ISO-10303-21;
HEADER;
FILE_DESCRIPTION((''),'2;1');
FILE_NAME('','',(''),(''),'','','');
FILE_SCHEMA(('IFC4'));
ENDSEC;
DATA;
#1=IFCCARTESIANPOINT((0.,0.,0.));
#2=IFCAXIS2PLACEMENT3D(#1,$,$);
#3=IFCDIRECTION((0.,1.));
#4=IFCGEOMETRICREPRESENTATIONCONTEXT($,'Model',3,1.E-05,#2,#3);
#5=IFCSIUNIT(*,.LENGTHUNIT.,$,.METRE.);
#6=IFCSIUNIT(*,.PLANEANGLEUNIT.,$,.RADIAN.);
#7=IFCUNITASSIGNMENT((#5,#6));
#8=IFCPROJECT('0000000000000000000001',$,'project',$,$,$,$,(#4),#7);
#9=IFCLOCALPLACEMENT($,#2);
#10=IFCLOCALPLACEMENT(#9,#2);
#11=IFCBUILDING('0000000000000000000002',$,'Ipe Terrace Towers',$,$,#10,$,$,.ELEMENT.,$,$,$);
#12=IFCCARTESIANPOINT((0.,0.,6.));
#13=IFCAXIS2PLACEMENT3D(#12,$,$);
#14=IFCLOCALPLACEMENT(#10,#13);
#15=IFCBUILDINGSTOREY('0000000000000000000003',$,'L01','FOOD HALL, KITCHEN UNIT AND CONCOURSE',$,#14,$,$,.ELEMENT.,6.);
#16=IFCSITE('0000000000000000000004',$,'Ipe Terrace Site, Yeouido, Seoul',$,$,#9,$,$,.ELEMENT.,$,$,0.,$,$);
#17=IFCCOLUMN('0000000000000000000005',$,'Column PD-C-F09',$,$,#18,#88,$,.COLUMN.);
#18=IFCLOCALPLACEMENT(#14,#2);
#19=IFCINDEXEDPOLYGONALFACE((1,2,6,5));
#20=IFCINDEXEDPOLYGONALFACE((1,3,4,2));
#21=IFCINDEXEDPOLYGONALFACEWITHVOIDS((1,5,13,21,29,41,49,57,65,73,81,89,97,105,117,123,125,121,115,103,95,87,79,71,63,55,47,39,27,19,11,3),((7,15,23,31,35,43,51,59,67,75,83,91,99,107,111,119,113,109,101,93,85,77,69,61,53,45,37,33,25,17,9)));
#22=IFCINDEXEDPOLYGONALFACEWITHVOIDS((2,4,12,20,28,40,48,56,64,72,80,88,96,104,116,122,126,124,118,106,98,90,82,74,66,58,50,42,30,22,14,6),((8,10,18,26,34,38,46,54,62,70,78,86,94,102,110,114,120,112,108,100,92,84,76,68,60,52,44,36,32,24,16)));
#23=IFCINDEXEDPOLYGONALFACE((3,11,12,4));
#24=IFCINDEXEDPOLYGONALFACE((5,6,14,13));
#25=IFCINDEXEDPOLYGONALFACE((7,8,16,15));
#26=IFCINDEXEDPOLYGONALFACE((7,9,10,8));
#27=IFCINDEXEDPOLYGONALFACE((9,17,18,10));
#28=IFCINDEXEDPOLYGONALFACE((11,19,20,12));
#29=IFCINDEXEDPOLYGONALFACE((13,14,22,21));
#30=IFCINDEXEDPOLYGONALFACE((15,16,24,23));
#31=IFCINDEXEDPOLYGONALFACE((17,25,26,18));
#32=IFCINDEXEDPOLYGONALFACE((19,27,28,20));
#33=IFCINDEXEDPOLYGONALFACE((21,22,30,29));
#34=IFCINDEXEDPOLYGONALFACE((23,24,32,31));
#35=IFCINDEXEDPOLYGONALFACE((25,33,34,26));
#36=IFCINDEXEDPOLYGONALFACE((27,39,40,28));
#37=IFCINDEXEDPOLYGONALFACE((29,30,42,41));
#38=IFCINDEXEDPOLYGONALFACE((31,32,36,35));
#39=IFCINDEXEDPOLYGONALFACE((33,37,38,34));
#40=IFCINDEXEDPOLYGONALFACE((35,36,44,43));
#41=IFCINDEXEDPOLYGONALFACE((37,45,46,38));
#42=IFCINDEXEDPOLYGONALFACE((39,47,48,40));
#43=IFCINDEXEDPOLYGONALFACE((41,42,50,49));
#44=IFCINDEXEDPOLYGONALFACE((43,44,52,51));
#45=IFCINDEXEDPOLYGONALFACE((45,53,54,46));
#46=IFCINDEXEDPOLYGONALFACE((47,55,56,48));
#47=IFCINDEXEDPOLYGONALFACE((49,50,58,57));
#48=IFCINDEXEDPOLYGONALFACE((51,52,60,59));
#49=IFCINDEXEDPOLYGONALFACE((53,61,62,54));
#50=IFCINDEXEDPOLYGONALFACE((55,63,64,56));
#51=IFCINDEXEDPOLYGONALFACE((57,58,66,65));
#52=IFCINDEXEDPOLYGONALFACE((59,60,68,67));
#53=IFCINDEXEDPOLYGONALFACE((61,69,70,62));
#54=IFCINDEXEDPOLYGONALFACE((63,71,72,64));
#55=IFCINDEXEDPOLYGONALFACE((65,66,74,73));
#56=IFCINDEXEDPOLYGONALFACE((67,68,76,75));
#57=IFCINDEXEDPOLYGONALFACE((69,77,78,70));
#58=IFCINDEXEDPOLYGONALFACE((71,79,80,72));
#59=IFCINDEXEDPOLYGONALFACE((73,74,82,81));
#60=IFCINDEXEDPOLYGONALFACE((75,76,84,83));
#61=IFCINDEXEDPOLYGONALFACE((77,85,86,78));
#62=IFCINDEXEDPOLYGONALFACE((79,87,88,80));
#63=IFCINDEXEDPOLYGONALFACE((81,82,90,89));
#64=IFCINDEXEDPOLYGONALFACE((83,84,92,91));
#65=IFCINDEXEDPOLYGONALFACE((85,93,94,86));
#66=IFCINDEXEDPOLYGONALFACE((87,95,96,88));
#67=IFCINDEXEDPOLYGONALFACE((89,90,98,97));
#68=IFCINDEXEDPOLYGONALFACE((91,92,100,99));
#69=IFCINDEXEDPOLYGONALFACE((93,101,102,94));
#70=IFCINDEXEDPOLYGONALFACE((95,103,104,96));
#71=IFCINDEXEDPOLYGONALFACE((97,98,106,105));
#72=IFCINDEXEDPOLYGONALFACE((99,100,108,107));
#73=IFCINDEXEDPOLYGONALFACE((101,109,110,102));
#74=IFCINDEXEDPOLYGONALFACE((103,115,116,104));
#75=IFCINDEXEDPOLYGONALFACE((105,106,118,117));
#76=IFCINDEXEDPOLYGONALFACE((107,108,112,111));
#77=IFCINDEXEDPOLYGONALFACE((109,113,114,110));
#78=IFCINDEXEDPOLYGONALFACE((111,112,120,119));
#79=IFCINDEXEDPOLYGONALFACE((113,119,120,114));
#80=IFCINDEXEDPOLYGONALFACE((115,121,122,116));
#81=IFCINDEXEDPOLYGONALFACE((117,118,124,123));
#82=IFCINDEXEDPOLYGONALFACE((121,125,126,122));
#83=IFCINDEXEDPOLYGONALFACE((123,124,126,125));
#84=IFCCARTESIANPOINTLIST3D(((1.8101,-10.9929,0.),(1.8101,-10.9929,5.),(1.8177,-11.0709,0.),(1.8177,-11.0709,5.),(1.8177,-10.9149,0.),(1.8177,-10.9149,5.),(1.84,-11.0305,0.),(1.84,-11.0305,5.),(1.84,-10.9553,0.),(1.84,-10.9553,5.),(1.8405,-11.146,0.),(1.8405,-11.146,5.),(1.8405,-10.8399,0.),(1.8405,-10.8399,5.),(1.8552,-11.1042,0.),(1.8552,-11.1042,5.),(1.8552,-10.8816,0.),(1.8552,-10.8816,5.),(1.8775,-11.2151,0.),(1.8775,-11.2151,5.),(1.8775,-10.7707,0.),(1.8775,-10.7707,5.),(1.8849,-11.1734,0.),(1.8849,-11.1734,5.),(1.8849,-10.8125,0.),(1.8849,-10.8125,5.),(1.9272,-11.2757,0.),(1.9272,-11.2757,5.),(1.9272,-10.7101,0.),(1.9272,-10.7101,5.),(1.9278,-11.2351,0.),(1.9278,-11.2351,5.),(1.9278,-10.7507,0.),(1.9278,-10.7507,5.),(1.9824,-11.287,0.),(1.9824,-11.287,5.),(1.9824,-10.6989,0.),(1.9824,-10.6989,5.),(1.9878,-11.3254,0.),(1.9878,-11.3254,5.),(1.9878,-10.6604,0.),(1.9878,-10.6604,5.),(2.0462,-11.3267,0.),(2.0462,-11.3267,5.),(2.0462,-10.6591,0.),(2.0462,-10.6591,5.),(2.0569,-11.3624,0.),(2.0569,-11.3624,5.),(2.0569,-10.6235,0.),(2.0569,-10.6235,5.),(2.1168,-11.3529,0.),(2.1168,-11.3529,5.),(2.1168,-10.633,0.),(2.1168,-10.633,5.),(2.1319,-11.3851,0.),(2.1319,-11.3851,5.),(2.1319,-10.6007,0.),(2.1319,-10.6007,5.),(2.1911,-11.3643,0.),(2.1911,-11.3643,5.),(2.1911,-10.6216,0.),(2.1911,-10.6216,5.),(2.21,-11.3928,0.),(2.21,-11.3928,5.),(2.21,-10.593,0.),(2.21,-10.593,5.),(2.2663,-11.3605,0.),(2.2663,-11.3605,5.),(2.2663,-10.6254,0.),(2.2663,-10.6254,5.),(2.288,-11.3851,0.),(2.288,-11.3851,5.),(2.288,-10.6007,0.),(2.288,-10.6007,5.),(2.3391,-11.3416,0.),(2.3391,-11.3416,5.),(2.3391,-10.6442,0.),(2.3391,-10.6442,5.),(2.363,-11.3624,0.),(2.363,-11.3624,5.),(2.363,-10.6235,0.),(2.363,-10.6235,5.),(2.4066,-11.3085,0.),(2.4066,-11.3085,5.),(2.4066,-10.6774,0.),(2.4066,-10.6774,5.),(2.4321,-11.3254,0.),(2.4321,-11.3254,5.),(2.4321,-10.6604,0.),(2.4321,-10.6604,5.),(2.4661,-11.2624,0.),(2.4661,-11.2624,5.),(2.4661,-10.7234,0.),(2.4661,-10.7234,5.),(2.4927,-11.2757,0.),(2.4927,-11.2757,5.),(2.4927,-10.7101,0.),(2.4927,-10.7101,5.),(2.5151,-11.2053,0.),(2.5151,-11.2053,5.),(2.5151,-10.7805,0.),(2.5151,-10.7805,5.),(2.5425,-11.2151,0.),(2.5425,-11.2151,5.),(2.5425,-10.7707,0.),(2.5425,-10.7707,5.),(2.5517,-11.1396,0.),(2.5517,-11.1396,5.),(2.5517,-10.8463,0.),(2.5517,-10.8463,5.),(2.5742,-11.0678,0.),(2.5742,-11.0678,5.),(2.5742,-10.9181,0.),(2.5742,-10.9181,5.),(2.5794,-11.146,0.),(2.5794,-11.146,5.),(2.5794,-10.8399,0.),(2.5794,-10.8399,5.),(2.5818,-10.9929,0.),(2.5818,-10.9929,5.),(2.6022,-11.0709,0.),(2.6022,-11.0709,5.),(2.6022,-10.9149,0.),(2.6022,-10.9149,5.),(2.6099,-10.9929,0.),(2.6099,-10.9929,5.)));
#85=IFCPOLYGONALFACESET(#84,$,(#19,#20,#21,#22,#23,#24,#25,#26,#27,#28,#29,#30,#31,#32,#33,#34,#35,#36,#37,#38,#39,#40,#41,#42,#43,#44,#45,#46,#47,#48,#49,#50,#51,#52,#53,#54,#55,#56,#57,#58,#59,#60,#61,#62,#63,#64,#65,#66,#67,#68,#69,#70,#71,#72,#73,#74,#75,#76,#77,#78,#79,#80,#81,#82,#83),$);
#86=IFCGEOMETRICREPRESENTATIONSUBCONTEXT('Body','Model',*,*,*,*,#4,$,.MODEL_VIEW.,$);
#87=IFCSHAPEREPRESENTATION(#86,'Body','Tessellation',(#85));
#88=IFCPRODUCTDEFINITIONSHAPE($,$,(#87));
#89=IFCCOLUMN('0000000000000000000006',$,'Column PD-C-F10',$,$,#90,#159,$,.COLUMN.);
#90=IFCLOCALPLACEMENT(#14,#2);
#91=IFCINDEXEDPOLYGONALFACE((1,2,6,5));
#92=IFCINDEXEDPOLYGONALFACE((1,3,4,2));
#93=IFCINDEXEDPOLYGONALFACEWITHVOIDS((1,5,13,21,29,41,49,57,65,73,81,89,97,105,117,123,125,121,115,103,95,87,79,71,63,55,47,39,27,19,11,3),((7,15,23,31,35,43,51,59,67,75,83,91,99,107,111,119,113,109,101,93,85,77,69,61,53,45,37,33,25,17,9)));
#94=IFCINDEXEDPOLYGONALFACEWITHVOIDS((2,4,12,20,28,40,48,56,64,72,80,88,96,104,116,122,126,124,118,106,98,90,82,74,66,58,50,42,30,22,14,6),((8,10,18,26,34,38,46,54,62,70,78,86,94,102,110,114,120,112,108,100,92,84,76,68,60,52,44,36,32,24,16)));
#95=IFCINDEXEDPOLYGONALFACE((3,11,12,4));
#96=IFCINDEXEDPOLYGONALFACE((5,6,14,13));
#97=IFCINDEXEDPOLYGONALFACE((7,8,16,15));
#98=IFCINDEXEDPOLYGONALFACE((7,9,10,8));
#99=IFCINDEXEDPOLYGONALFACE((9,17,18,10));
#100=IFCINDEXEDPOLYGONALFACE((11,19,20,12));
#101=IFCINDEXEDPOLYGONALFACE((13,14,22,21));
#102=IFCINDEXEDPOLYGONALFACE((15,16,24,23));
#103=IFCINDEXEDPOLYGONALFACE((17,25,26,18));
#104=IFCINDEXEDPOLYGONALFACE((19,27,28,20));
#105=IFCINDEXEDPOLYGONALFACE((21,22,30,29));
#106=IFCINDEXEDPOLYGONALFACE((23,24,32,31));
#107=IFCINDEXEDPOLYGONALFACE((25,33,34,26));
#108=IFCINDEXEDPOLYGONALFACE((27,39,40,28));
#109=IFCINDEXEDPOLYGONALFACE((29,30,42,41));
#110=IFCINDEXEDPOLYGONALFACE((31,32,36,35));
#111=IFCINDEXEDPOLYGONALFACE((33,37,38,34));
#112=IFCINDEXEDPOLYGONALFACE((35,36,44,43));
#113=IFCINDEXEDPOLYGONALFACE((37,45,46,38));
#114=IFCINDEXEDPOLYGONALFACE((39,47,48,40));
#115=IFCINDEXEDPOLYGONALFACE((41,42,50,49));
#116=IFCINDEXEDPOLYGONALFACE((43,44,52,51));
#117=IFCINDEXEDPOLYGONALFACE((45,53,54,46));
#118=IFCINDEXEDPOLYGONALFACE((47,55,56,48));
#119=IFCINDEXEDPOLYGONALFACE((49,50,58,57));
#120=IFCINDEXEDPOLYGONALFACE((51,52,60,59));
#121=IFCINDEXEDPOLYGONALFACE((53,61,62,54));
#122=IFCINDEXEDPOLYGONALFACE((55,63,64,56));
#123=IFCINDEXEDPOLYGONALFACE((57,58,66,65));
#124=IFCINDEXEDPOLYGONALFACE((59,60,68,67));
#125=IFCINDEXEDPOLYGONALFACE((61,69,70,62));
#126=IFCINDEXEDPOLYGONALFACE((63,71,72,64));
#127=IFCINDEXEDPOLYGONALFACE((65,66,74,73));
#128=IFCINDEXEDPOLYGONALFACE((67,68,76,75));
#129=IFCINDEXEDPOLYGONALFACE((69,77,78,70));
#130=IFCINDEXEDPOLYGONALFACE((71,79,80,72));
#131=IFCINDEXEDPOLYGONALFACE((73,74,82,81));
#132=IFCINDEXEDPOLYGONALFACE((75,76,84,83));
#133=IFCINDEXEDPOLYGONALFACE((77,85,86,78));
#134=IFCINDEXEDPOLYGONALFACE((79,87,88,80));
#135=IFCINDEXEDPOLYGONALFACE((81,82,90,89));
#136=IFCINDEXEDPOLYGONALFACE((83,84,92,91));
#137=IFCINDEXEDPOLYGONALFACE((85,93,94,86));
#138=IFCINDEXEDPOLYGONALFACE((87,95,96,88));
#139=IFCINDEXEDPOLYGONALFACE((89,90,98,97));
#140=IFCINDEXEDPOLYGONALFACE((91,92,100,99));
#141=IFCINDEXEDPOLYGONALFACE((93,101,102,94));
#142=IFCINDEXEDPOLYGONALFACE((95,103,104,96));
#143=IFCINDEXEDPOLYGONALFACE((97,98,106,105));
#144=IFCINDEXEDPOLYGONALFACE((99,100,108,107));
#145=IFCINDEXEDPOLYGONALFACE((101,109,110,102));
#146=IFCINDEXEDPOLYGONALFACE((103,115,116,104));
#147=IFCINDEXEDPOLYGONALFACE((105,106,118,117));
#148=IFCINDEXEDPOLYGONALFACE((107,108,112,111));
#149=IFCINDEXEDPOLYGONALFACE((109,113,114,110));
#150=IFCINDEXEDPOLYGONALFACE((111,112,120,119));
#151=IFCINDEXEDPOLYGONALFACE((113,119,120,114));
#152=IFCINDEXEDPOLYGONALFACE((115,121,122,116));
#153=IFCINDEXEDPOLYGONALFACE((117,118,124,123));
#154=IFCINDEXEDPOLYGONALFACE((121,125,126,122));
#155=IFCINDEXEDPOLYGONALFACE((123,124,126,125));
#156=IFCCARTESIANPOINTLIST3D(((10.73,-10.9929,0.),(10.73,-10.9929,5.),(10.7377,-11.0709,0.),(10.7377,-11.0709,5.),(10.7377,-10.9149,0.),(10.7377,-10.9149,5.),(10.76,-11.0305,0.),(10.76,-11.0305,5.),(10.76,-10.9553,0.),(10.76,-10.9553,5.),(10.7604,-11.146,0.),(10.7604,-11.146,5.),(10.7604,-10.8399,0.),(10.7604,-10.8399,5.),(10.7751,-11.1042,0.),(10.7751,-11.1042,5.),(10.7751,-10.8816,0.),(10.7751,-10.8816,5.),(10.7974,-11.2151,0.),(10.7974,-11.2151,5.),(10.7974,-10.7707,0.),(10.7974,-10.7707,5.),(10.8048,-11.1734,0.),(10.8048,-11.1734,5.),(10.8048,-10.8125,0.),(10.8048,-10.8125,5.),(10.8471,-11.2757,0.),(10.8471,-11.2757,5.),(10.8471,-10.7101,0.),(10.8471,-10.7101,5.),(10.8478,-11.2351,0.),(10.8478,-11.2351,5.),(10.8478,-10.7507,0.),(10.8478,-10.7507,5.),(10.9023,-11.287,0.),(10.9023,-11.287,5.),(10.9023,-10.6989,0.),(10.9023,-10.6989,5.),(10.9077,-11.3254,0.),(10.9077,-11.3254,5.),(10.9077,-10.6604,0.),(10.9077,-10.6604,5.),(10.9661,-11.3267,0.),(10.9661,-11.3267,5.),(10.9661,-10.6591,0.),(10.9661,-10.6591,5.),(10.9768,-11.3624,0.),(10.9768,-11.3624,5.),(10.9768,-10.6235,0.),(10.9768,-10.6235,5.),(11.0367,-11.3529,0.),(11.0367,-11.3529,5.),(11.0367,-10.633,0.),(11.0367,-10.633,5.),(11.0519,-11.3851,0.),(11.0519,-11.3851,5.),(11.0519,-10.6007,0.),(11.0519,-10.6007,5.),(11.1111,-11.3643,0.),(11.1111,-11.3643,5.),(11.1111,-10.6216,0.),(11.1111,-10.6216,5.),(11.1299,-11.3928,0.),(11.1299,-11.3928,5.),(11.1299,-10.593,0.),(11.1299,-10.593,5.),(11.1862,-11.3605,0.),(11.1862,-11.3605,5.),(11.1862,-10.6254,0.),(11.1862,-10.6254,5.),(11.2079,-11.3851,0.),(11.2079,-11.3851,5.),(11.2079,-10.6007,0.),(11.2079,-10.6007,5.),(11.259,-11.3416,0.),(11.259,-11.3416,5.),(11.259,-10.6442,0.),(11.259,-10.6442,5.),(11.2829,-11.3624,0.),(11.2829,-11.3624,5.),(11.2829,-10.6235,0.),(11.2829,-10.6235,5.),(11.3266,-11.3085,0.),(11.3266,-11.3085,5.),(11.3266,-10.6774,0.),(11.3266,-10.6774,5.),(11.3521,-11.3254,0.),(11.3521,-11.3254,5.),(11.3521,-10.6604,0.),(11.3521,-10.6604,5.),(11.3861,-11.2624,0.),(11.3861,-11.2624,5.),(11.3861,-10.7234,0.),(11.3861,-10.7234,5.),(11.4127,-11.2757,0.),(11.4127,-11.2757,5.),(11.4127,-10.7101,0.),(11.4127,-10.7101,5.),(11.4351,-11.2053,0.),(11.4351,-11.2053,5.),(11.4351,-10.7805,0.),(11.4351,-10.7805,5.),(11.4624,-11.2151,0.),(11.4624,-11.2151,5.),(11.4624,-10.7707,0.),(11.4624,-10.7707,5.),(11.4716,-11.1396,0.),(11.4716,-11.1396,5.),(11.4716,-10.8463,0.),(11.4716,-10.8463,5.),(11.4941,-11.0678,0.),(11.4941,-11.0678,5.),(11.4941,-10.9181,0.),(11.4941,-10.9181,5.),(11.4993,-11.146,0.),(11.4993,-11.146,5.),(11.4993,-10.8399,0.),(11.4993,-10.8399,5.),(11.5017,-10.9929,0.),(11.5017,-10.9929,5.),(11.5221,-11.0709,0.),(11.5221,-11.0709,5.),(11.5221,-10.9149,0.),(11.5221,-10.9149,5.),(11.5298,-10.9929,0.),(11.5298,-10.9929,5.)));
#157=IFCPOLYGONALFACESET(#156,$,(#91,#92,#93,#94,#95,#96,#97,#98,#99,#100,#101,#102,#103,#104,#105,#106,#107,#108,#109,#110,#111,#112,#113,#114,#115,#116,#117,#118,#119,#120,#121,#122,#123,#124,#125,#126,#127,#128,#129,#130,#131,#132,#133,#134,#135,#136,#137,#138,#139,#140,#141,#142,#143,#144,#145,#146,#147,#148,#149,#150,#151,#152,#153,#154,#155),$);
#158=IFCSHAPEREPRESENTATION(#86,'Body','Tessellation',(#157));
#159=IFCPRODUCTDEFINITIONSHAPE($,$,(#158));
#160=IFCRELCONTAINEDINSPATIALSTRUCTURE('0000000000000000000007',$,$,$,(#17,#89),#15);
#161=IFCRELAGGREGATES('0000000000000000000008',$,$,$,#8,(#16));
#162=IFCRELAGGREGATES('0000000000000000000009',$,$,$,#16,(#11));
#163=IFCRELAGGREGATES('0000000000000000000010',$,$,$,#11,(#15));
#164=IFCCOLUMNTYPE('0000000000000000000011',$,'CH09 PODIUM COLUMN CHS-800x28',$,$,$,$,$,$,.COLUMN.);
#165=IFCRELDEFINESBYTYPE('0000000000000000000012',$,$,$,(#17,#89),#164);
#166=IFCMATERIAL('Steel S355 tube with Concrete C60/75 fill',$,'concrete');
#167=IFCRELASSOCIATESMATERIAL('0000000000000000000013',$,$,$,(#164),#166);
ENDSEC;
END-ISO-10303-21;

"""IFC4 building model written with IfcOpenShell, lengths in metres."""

from ifc_helpers import new_model, si_unit, direction, frame, origin, origin_2d, place, context, subcontext, project, spatial, hollow_circle, extrude, material, material_profile, profile_set, type_object, element, save


model = new_model("IFC4")

# Units and contexts
model_context = context("Model", 3, precision=1e-05, world=origin(), true_north=direction((0.0, 1.0)))
body_context = subcontext(model_context, "Body", "Model", "MODEL_VIEW")
ifc_project = project(units=[si_unit("LENGTHUNIT", "METRE"), si_unit("PLANEANGLEUNIT", "RADIAN")], contexts=[model_context])

# Site, building, storey
site_placement = place(None, origin())
site = spatial("IfcSite", under=ifc_project, at=site_placement, Name="Ipe Terrace Site, Yeouido, Seoul", CompositionType="ELEMENT", RefElevation=0.0)
building_placement = place(site_placement, origin())
building = spatial("IfcBuilding", under=site, at=building_placement, Name="Ipe Terrace Towers", CompositionType="ELEMENT")
storey_placement = place(building_placement, frame((0.0, 0.0, 6.0)))
storey = spatial("IfcBuildingStorey", under=building, at=storey_placement, Name="L01", Description="FOOD HALL, KITCHEN UNIT AND CONCOURSE", CompositionType="ELEMENT", Elevation=6.0)

# Columns
ifc_material_1 = material(Name="Steel S355 tube with Concrete C60/75 fill", Category="concrete")
ifc_material_profile_1 = material_profile(ifc_material_1, hollow_circle(Radius=0.3999, WallThickness=0.0281, at=origin_2d()), Name="CHS-800x28")
ifc_profile_set_1 = profile_set([ifc_material_profile_1], Name="Steel S355 tube with Concrete C60/75 fill")
column_type_1 = type_object("IfcColumnType", Name="CH09 PODIUM COLUMN CHS-800x28", PredefinedType="COLUMN", material=ifc_profile_set_1)
for number, where, z_axis, x_axis, name in (
    (1, (2.21, -10.9929, 0.0), (0.0, 0.0, 1.0), (1.0, 0.0, 0.0), "Column PD-C-F09"),
    (2, (11.1299, -10.9929, 0.0), (0.0, 0.0, 1.0), (1.0, 0.0, 0.0), "Column PD-C-F10"),
):
    element("IfcColumn", number, at=place(storey_placement, frame(where, z_axis=z_axis, x_axis=x_axis)), inside=storey, type_object=column_type_1, Name=name, PredefinedType="COLUMN", context=body_context, shape_type="SweptSolid", body=[
        extrude(hollow_circle(Radius=0.3999, WallThickness=0.0281, at=origin_2d()), origin(), (0.0, 0.0, 1.0), 5.0),
    ])

save(model, "model.ifc")
